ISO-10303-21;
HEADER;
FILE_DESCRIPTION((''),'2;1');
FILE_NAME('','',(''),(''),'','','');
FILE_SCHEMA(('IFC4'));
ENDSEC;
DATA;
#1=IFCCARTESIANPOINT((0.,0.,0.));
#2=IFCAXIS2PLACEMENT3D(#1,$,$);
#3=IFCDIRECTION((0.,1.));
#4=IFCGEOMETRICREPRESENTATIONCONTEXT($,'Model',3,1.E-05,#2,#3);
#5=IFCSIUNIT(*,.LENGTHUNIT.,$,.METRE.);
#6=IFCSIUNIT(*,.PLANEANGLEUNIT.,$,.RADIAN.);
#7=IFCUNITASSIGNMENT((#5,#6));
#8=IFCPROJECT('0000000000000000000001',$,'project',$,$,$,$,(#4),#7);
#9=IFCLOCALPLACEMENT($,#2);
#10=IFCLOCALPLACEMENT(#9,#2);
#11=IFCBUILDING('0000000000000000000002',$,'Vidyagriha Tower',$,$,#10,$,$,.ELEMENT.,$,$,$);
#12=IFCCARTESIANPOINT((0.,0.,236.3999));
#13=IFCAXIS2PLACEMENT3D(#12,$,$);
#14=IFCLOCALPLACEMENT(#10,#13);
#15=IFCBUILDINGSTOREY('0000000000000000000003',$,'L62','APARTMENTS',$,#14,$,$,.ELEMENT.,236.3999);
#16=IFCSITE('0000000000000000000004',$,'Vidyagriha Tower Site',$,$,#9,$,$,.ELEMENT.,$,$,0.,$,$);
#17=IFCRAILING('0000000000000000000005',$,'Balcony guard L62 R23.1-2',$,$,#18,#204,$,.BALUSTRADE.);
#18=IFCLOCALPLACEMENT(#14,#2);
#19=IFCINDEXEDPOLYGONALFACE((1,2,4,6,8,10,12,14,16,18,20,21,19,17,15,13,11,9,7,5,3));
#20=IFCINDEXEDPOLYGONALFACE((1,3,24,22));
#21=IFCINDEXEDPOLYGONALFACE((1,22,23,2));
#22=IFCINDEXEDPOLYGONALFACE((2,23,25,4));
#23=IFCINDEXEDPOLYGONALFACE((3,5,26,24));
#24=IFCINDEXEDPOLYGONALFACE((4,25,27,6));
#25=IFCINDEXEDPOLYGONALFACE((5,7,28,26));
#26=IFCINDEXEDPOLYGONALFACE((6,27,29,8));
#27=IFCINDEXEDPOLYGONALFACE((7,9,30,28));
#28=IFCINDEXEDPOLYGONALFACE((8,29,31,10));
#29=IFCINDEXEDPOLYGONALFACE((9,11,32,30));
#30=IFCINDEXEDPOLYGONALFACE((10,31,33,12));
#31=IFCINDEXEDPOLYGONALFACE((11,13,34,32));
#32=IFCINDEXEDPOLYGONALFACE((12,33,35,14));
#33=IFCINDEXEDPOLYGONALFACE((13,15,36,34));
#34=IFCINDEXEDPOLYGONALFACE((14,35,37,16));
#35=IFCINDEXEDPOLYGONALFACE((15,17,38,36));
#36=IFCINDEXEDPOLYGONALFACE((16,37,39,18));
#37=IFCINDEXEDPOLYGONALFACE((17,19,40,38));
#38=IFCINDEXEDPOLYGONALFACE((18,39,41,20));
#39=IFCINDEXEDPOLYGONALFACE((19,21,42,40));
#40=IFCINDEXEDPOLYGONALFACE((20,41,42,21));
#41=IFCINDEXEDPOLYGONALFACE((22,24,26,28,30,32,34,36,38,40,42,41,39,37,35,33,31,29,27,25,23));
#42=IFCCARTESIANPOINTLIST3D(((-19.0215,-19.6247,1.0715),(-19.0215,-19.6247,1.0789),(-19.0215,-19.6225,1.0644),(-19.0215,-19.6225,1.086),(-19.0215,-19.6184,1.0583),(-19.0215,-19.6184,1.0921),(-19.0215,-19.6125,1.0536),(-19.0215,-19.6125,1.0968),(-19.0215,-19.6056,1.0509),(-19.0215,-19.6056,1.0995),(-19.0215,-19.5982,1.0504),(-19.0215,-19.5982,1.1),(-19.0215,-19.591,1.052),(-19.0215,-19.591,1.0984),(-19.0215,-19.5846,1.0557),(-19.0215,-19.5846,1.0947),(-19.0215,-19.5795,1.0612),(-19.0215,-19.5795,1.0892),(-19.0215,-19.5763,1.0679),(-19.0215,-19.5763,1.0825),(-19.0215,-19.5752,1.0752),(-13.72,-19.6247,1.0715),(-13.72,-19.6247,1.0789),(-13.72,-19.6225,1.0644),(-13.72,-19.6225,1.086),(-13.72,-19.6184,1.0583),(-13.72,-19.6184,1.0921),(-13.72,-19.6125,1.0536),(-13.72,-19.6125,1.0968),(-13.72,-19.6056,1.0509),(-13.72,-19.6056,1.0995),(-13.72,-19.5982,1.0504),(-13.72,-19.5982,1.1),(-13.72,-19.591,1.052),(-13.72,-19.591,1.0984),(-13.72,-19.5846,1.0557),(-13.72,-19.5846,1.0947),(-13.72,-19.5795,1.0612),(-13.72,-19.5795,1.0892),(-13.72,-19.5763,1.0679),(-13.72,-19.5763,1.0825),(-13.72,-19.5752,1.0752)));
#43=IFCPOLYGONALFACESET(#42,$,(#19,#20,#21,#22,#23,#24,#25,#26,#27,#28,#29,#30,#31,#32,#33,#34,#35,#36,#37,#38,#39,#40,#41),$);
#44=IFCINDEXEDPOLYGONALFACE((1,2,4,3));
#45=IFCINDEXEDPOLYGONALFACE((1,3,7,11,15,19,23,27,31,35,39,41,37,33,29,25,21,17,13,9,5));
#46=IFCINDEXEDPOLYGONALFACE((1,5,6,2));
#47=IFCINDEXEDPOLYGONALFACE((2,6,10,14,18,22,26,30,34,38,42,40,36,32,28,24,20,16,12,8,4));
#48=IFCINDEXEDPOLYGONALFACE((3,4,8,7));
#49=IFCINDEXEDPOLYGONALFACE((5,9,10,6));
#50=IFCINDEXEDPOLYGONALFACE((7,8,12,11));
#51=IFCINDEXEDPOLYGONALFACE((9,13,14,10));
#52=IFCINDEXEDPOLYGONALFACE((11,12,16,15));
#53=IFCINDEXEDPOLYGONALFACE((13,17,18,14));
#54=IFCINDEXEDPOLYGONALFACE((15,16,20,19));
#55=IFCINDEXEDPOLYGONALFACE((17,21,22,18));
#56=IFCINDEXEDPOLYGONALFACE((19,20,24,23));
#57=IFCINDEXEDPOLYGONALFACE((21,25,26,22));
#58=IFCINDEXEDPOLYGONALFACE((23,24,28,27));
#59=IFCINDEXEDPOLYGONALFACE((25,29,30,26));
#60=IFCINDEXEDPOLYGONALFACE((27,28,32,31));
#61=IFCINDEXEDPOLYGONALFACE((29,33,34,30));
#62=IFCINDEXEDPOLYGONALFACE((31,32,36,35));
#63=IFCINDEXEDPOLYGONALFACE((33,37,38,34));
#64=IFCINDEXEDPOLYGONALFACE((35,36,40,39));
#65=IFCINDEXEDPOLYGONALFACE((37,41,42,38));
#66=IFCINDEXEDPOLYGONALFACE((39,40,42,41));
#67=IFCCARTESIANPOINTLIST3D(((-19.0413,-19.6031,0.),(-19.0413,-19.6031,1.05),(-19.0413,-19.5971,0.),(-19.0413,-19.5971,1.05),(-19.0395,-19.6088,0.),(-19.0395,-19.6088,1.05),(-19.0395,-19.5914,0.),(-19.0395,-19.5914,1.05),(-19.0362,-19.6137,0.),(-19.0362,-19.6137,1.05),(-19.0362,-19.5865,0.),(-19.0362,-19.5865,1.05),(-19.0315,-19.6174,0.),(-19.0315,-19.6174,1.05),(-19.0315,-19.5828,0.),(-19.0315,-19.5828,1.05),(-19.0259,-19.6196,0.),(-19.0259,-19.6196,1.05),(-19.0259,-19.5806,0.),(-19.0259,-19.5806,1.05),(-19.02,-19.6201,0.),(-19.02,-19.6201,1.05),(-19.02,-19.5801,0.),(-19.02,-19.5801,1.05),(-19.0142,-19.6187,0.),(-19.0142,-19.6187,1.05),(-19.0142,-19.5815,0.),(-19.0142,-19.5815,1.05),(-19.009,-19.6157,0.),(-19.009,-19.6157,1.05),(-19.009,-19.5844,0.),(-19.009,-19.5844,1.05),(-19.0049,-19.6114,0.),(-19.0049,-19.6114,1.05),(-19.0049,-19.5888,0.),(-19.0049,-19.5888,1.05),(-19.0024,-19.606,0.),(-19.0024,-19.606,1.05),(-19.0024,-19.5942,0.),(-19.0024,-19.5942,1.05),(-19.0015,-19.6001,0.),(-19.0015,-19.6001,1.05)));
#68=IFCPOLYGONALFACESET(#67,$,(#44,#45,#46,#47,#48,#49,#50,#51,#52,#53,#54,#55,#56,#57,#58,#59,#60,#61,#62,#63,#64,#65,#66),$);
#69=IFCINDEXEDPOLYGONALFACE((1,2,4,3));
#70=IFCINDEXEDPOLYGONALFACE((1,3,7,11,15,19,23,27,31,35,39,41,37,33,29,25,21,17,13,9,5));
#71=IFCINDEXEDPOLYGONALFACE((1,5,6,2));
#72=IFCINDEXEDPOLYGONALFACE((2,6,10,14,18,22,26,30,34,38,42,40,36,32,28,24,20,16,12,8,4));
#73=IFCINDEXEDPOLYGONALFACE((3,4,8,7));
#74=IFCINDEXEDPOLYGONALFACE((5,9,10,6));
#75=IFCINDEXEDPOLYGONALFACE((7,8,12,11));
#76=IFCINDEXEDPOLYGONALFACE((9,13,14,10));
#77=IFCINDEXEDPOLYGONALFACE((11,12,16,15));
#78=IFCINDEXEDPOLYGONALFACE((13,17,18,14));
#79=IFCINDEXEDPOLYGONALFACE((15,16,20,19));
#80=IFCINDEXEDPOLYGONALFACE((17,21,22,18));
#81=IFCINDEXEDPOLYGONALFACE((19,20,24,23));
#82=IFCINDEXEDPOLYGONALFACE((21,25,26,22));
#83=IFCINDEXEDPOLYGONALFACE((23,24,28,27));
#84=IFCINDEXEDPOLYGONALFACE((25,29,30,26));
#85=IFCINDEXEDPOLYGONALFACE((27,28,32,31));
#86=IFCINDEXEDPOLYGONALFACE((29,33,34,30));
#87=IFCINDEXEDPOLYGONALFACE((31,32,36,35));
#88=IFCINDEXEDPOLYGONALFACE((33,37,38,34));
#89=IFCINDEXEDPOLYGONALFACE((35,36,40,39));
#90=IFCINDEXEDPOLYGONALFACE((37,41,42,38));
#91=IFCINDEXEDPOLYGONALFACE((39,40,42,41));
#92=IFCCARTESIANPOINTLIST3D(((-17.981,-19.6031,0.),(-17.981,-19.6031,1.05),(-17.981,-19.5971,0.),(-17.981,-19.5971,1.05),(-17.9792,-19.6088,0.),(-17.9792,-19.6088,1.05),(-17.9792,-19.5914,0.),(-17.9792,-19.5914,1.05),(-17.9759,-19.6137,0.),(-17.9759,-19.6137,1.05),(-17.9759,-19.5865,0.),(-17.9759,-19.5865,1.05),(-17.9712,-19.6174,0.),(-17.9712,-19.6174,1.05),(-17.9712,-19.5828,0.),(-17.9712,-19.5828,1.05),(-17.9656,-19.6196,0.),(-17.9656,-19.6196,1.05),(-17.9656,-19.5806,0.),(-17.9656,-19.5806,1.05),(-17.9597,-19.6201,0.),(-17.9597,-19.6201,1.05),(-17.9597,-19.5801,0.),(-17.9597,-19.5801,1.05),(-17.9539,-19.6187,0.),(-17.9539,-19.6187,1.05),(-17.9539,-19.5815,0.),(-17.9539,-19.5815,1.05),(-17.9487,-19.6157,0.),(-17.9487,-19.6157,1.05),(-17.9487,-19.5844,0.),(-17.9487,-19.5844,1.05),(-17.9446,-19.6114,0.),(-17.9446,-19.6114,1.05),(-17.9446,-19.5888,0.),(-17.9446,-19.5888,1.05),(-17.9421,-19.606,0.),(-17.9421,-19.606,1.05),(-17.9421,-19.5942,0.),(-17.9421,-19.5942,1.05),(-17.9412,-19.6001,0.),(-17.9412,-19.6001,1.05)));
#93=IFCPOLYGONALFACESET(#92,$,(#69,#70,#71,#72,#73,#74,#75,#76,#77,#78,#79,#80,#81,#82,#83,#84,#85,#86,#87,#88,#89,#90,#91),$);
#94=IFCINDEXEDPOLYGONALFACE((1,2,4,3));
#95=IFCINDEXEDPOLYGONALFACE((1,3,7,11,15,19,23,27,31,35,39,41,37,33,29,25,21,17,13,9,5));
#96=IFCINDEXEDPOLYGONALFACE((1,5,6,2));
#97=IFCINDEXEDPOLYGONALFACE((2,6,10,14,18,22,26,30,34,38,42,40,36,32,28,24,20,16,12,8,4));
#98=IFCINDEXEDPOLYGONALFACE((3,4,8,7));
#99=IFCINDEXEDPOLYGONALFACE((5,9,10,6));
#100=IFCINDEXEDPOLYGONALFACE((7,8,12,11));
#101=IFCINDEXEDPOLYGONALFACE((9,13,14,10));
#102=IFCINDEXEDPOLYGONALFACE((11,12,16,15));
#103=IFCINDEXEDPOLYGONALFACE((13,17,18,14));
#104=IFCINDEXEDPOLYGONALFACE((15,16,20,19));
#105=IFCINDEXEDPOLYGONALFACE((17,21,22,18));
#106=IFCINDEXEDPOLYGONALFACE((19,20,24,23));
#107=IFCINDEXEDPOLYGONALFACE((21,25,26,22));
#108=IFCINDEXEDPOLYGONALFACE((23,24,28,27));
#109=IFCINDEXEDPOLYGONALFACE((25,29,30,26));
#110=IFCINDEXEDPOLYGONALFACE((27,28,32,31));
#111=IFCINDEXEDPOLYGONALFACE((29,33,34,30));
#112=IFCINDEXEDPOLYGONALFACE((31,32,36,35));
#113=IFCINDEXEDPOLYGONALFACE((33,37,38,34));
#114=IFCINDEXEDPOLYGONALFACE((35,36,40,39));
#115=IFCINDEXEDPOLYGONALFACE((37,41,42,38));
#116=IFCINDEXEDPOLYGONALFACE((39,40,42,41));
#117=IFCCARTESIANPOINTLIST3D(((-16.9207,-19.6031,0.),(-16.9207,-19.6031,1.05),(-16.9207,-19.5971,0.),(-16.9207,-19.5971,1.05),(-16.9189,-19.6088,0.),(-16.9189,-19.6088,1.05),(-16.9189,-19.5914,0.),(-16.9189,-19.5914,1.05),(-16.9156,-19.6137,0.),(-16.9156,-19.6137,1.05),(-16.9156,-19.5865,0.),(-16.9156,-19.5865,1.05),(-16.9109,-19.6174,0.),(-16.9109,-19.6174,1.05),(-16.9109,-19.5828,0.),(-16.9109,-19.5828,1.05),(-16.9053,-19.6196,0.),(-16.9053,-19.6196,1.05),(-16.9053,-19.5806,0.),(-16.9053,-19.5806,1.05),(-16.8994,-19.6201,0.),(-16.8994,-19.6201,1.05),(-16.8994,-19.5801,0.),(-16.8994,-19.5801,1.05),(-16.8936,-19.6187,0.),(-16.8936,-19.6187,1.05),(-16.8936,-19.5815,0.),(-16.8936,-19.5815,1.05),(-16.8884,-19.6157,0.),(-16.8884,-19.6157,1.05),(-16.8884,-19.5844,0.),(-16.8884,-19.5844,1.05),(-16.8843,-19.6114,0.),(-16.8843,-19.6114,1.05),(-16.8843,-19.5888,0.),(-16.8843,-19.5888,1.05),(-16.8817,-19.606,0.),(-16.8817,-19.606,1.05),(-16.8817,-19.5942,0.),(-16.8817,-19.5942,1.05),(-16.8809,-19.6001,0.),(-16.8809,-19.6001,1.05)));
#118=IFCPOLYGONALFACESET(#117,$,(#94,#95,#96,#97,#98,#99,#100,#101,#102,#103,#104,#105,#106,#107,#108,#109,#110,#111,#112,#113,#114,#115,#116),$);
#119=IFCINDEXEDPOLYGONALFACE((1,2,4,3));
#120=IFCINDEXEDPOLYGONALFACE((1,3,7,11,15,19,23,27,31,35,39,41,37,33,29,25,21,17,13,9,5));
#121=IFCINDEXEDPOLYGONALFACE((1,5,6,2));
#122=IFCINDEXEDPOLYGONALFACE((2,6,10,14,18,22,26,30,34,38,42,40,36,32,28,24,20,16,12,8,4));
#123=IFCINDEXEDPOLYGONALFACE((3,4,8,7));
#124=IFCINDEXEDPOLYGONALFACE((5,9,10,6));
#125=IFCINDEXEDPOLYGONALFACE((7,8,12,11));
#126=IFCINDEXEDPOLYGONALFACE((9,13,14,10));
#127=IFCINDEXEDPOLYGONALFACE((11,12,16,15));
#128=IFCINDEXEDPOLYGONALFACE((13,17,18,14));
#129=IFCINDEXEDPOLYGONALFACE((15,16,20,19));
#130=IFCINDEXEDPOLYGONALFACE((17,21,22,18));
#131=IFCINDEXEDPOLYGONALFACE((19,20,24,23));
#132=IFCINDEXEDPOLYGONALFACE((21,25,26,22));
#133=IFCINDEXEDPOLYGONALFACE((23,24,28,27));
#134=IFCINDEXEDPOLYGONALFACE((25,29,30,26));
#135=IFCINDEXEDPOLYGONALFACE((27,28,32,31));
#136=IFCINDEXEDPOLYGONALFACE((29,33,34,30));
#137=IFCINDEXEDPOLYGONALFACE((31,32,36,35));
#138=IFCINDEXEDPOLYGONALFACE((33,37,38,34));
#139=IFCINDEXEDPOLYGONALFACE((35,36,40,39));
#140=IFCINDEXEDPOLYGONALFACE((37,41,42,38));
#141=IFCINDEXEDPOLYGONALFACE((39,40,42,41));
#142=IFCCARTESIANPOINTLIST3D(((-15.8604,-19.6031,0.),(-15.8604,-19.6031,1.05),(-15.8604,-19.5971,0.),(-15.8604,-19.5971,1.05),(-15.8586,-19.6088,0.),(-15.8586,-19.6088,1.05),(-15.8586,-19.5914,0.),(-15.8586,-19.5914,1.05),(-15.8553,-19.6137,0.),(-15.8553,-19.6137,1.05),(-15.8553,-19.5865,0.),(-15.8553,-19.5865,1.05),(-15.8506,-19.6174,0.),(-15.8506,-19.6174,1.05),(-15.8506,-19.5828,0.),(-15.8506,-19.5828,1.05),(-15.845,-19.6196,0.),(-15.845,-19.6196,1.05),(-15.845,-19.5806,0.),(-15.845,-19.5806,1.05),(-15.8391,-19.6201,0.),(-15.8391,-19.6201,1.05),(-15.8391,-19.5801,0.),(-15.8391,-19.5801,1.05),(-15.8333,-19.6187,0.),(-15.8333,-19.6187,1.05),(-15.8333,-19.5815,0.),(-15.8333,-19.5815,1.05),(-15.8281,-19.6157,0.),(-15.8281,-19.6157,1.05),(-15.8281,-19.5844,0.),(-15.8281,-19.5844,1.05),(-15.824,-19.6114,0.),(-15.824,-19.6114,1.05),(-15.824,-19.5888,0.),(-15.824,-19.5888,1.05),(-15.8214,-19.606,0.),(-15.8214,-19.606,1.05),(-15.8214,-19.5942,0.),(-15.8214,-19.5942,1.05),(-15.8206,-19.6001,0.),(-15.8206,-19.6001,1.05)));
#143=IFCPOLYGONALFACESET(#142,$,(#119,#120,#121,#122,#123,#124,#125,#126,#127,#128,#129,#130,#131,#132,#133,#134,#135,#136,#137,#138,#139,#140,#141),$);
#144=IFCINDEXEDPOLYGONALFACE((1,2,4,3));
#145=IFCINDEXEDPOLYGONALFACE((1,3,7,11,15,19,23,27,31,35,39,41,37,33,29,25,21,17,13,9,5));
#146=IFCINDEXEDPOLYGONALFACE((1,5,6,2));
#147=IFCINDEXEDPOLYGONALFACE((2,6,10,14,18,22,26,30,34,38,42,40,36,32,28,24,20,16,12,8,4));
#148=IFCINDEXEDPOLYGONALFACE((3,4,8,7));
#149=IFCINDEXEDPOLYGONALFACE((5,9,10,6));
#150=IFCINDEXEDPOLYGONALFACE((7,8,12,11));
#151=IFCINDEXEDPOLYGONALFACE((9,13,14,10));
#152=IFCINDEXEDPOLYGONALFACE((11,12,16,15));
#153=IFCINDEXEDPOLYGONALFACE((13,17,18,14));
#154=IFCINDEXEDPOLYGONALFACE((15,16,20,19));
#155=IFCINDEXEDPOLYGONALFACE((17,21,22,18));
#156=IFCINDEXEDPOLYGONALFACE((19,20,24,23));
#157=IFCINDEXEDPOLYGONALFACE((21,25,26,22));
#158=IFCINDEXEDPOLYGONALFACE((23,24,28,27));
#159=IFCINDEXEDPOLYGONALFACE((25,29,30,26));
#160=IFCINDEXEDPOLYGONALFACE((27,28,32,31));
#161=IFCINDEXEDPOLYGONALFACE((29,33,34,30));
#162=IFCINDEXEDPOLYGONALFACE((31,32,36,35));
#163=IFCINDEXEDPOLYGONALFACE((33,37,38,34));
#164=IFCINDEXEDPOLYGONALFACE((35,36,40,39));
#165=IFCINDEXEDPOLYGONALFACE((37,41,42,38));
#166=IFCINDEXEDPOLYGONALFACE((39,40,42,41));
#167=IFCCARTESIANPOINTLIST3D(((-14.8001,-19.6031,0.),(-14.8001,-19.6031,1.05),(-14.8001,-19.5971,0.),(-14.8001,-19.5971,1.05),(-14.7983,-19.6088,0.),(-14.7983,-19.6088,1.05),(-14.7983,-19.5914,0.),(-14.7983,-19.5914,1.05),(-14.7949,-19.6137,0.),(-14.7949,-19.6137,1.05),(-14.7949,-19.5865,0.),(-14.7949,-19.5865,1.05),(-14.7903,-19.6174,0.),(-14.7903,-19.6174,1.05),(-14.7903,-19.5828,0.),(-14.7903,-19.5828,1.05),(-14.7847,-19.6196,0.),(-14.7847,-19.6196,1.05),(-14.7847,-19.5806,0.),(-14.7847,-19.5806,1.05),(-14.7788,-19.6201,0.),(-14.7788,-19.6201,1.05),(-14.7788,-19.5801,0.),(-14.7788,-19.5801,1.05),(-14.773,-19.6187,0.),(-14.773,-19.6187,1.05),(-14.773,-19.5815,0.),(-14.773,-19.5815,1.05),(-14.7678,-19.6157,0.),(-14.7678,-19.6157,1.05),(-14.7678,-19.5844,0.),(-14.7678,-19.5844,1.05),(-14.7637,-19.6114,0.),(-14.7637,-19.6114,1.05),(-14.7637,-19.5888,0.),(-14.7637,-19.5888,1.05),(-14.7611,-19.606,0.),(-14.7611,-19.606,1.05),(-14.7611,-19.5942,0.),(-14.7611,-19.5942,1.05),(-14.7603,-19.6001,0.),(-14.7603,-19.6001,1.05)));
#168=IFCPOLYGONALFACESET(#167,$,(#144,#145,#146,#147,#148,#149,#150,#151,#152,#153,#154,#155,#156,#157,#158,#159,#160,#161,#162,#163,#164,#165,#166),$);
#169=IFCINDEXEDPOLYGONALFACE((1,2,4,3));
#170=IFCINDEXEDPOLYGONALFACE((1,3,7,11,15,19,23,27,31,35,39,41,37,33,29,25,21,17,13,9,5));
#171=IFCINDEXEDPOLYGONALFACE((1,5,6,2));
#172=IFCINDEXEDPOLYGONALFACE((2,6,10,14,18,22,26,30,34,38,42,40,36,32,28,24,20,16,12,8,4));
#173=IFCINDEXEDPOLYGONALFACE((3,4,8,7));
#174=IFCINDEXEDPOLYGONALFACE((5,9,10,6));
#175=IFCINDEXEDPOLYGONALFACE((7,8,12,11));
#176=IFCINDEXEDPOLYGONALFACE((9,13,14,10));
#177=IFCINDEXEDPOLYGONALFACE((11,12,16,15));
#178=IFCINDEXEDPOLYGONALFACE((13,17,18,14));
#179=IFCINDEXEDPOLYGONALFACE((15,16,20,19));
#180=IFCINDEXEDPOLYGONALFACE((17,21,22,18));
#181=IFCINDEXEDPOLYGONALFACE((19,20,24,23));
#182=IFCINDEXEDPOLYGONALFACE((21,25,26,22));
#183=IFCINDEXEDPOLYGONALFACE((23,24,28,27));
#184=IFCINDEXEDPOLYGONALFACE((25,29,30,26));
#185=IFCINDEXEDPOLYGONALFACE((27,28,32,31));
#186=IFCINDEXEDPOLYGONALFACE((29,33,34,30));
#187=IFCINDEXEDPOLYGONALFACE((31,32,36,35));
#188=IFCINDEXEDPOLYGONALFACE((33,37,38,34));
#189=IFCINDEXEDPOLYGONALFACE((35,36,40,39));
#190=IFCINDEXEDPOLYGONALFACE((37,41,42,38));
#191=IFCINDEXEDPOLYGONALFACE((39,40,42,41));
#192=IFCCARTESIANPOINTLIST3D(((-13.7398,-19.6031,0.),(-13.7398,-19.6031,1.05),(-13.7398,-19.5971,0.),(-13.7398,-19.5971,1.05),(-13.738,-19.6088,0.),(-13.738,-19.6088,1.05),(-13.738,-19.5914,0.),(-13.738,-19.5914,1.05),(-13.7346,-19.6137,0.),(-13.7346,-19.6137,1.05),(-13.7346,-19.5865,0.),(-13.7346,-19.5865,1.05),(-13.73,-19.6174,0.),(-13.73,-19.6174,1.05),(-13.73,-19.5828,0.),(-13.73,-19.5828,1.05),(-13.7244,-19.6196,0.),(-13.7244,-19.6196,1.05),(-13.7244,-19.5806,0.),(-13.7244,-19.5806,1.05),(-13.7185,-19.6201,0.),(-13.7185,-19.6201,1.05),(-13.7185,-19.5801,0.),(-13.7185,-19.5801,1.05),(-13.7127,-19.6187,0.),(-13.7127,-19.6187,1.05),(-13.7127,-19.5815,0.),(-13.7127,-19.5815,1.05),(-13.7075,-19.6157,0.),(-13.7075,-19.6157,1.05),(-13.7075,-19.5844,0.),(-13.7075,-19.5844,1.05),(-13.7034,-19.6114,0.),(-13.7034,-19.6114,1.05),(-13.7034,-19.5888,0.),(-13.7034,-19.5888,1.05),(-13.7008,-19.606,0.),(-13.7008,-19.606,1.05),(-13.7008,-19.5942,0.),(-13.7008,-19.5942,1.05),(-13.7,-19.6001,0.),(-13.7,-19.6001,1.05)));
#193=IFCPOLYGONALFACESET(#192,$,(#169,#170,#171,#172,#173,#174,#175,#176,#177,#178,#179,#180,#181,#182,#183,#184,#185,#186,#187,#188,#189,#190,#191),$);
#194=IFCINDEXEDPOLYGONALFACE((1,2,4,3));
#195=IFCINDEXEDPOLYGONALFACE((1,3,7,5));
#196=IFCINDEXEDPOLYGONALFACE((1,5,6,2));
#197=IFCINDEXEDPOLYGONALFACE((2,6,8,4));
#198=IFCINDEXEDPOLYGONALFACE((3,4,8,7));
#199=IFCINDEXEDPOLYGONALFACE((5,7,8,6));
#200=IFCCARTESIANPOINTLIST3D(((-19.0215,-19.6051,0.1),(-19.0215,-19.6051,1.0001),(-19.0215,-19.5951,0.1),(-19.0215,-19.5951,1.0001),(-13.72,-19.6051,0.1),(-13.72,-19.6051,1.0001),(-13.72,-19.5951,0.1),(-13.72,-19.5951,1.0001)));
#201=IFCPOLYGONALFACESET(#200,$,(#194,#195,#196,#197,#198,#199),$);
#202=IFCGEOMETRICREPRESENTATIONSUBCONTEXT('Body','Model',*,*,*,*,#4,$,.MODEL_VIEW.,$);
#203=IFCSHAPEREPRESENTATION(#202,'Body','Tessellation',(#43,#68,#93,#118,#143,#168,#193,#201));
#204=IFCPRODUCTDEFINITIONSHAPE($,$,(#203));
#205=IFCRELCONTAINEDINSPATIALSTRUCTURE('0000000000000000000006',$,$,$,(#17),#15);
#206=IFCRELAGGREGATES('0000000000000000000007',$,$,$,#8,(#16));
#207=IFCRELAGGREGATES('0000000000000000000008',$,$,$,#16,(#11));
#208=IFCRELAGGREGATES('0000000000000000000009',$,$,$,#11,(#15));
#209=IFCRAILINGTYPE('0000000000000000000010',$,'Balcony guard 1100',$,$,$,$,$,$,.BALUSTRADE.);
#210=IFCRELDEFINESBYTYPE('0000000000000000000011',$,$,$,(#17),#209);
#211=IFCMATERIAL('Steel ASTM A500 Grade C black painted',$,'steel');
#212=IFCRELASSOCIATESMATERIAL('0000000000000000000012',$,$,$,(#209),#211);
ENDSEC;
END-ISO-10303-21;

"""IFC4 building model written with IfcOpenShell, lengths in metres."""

from ifc_helpers import new_model, si_unit, direction, frame, origin, origin_2d, place, context, subcontext, project, spatial, rectangle, circle, extrude, material, type_object, element, save


model = new_model("IFC4")

# Units and contexts
model_context = context("Model", 3, precision=1e-05, world=origin(), true_north=direction((0.0, 1.0)))
body_context = subcontext(model_context, "Body", "Model", "MODEL_VIEW")
ifc_project = project(units=[si_unit("LENGTHUNIT", "METRE"), si_unit("PLANEANGLEUNIT", "RADIAN")], contexts=[model_context])

# Site, building, storey
site_placement = place(None, origin())
site = spatial("IfcSite", under=ifc_project, at=site_placement, Name="Vidyagriha Tower Site", CompositionType="ELEMENT", RefElevation=0.0)
building_placement = place(site_placement, origin())
building = spatial("IfcBuilding", under=site, at=building_placement, Name="Vidyagriha Tower", CompositionType="ELEMENT")
storey_placement = place(building_placement, frame((0.0, 0.0, 236.3999)))
storey = spatial("IfcBuildingStorey", under=building, at=storey_placement, Name="L62", Description="APARTMENTS", CompositionType="ELEMENT", Elevation=236.3999)

# Railing
ifc_material_1 = material(Name="Steel ASTM A500 Grade C black painted", Category="steel")
railing_type = type_object("IfcRailingType", Name="Balcony guard 1100", PredefinedType="BALUSTRADE", material=ifc_material_1)
railing_1_placement = place(storey_placement, frame((-19.0215, -19.6001, 0.0)))
element("IfcRailing", 1, at=railing_1_placement, inside=storey, type_object=railing_type, Name="Balcony guard L62 R23.1-2", PredefinedType="BALUSTRADE", context=body_context, shape_type="SweptSolid", body=[
    extrude(circle(Radius=0.0249, at=origin_2d()), frame((0.0, 0.0, 1.0752), z_axis=(1.0, 0.0, 0.0), x_axis=(0.0, 1.0, 0.0)), (0.0, 0.0, 1.0), 5.3015),
    extrude(circle(Radius=0.02, at=origin_2d()), origin(), (0.0, 0.0, 1.0), 1.05),
    extrude(circle(Radius=0.02, at=origin_2d()), frame((1.0603, 0.0, 0.0)), (0.0, 0.0, 1.0), 1.05),
    extrude(circle(Radius=0.02, at=origin_2d()), frame((2.1206, 0.0, 0.0)), (0.0, 0.0, 1.0), 1.05),
    extrude(circle(Radius=0.02, at=origin_2d()), frame((3.1809, 0.0, 0.0)), (0.0, 0.0, 1.0), 1.05),
    extrude(circle(Radius=0.02, at=origin_2d()), frame((4.2412, 0.0, 0.0)), (0.0, 0.0, 1.0), 1.05),
    extrude(circle(Radius=0.02, at=origin_2d()), frame((5.3015, 0.0, 0.0)), (0.0, 0.0, 1.0), 1.05),
    extrude(rectangle(XDim=0.01, YDim=0.9001, at=origin_2d()), frame((0.0, 0.0, 0.55), z_axis=(1.0, 0.0, 0.0), x_axis=(0.0, 1.0, 0.0)), (0.0, 0.0, 1.0), 5.3015),
])

save(model, "model.ifc")
